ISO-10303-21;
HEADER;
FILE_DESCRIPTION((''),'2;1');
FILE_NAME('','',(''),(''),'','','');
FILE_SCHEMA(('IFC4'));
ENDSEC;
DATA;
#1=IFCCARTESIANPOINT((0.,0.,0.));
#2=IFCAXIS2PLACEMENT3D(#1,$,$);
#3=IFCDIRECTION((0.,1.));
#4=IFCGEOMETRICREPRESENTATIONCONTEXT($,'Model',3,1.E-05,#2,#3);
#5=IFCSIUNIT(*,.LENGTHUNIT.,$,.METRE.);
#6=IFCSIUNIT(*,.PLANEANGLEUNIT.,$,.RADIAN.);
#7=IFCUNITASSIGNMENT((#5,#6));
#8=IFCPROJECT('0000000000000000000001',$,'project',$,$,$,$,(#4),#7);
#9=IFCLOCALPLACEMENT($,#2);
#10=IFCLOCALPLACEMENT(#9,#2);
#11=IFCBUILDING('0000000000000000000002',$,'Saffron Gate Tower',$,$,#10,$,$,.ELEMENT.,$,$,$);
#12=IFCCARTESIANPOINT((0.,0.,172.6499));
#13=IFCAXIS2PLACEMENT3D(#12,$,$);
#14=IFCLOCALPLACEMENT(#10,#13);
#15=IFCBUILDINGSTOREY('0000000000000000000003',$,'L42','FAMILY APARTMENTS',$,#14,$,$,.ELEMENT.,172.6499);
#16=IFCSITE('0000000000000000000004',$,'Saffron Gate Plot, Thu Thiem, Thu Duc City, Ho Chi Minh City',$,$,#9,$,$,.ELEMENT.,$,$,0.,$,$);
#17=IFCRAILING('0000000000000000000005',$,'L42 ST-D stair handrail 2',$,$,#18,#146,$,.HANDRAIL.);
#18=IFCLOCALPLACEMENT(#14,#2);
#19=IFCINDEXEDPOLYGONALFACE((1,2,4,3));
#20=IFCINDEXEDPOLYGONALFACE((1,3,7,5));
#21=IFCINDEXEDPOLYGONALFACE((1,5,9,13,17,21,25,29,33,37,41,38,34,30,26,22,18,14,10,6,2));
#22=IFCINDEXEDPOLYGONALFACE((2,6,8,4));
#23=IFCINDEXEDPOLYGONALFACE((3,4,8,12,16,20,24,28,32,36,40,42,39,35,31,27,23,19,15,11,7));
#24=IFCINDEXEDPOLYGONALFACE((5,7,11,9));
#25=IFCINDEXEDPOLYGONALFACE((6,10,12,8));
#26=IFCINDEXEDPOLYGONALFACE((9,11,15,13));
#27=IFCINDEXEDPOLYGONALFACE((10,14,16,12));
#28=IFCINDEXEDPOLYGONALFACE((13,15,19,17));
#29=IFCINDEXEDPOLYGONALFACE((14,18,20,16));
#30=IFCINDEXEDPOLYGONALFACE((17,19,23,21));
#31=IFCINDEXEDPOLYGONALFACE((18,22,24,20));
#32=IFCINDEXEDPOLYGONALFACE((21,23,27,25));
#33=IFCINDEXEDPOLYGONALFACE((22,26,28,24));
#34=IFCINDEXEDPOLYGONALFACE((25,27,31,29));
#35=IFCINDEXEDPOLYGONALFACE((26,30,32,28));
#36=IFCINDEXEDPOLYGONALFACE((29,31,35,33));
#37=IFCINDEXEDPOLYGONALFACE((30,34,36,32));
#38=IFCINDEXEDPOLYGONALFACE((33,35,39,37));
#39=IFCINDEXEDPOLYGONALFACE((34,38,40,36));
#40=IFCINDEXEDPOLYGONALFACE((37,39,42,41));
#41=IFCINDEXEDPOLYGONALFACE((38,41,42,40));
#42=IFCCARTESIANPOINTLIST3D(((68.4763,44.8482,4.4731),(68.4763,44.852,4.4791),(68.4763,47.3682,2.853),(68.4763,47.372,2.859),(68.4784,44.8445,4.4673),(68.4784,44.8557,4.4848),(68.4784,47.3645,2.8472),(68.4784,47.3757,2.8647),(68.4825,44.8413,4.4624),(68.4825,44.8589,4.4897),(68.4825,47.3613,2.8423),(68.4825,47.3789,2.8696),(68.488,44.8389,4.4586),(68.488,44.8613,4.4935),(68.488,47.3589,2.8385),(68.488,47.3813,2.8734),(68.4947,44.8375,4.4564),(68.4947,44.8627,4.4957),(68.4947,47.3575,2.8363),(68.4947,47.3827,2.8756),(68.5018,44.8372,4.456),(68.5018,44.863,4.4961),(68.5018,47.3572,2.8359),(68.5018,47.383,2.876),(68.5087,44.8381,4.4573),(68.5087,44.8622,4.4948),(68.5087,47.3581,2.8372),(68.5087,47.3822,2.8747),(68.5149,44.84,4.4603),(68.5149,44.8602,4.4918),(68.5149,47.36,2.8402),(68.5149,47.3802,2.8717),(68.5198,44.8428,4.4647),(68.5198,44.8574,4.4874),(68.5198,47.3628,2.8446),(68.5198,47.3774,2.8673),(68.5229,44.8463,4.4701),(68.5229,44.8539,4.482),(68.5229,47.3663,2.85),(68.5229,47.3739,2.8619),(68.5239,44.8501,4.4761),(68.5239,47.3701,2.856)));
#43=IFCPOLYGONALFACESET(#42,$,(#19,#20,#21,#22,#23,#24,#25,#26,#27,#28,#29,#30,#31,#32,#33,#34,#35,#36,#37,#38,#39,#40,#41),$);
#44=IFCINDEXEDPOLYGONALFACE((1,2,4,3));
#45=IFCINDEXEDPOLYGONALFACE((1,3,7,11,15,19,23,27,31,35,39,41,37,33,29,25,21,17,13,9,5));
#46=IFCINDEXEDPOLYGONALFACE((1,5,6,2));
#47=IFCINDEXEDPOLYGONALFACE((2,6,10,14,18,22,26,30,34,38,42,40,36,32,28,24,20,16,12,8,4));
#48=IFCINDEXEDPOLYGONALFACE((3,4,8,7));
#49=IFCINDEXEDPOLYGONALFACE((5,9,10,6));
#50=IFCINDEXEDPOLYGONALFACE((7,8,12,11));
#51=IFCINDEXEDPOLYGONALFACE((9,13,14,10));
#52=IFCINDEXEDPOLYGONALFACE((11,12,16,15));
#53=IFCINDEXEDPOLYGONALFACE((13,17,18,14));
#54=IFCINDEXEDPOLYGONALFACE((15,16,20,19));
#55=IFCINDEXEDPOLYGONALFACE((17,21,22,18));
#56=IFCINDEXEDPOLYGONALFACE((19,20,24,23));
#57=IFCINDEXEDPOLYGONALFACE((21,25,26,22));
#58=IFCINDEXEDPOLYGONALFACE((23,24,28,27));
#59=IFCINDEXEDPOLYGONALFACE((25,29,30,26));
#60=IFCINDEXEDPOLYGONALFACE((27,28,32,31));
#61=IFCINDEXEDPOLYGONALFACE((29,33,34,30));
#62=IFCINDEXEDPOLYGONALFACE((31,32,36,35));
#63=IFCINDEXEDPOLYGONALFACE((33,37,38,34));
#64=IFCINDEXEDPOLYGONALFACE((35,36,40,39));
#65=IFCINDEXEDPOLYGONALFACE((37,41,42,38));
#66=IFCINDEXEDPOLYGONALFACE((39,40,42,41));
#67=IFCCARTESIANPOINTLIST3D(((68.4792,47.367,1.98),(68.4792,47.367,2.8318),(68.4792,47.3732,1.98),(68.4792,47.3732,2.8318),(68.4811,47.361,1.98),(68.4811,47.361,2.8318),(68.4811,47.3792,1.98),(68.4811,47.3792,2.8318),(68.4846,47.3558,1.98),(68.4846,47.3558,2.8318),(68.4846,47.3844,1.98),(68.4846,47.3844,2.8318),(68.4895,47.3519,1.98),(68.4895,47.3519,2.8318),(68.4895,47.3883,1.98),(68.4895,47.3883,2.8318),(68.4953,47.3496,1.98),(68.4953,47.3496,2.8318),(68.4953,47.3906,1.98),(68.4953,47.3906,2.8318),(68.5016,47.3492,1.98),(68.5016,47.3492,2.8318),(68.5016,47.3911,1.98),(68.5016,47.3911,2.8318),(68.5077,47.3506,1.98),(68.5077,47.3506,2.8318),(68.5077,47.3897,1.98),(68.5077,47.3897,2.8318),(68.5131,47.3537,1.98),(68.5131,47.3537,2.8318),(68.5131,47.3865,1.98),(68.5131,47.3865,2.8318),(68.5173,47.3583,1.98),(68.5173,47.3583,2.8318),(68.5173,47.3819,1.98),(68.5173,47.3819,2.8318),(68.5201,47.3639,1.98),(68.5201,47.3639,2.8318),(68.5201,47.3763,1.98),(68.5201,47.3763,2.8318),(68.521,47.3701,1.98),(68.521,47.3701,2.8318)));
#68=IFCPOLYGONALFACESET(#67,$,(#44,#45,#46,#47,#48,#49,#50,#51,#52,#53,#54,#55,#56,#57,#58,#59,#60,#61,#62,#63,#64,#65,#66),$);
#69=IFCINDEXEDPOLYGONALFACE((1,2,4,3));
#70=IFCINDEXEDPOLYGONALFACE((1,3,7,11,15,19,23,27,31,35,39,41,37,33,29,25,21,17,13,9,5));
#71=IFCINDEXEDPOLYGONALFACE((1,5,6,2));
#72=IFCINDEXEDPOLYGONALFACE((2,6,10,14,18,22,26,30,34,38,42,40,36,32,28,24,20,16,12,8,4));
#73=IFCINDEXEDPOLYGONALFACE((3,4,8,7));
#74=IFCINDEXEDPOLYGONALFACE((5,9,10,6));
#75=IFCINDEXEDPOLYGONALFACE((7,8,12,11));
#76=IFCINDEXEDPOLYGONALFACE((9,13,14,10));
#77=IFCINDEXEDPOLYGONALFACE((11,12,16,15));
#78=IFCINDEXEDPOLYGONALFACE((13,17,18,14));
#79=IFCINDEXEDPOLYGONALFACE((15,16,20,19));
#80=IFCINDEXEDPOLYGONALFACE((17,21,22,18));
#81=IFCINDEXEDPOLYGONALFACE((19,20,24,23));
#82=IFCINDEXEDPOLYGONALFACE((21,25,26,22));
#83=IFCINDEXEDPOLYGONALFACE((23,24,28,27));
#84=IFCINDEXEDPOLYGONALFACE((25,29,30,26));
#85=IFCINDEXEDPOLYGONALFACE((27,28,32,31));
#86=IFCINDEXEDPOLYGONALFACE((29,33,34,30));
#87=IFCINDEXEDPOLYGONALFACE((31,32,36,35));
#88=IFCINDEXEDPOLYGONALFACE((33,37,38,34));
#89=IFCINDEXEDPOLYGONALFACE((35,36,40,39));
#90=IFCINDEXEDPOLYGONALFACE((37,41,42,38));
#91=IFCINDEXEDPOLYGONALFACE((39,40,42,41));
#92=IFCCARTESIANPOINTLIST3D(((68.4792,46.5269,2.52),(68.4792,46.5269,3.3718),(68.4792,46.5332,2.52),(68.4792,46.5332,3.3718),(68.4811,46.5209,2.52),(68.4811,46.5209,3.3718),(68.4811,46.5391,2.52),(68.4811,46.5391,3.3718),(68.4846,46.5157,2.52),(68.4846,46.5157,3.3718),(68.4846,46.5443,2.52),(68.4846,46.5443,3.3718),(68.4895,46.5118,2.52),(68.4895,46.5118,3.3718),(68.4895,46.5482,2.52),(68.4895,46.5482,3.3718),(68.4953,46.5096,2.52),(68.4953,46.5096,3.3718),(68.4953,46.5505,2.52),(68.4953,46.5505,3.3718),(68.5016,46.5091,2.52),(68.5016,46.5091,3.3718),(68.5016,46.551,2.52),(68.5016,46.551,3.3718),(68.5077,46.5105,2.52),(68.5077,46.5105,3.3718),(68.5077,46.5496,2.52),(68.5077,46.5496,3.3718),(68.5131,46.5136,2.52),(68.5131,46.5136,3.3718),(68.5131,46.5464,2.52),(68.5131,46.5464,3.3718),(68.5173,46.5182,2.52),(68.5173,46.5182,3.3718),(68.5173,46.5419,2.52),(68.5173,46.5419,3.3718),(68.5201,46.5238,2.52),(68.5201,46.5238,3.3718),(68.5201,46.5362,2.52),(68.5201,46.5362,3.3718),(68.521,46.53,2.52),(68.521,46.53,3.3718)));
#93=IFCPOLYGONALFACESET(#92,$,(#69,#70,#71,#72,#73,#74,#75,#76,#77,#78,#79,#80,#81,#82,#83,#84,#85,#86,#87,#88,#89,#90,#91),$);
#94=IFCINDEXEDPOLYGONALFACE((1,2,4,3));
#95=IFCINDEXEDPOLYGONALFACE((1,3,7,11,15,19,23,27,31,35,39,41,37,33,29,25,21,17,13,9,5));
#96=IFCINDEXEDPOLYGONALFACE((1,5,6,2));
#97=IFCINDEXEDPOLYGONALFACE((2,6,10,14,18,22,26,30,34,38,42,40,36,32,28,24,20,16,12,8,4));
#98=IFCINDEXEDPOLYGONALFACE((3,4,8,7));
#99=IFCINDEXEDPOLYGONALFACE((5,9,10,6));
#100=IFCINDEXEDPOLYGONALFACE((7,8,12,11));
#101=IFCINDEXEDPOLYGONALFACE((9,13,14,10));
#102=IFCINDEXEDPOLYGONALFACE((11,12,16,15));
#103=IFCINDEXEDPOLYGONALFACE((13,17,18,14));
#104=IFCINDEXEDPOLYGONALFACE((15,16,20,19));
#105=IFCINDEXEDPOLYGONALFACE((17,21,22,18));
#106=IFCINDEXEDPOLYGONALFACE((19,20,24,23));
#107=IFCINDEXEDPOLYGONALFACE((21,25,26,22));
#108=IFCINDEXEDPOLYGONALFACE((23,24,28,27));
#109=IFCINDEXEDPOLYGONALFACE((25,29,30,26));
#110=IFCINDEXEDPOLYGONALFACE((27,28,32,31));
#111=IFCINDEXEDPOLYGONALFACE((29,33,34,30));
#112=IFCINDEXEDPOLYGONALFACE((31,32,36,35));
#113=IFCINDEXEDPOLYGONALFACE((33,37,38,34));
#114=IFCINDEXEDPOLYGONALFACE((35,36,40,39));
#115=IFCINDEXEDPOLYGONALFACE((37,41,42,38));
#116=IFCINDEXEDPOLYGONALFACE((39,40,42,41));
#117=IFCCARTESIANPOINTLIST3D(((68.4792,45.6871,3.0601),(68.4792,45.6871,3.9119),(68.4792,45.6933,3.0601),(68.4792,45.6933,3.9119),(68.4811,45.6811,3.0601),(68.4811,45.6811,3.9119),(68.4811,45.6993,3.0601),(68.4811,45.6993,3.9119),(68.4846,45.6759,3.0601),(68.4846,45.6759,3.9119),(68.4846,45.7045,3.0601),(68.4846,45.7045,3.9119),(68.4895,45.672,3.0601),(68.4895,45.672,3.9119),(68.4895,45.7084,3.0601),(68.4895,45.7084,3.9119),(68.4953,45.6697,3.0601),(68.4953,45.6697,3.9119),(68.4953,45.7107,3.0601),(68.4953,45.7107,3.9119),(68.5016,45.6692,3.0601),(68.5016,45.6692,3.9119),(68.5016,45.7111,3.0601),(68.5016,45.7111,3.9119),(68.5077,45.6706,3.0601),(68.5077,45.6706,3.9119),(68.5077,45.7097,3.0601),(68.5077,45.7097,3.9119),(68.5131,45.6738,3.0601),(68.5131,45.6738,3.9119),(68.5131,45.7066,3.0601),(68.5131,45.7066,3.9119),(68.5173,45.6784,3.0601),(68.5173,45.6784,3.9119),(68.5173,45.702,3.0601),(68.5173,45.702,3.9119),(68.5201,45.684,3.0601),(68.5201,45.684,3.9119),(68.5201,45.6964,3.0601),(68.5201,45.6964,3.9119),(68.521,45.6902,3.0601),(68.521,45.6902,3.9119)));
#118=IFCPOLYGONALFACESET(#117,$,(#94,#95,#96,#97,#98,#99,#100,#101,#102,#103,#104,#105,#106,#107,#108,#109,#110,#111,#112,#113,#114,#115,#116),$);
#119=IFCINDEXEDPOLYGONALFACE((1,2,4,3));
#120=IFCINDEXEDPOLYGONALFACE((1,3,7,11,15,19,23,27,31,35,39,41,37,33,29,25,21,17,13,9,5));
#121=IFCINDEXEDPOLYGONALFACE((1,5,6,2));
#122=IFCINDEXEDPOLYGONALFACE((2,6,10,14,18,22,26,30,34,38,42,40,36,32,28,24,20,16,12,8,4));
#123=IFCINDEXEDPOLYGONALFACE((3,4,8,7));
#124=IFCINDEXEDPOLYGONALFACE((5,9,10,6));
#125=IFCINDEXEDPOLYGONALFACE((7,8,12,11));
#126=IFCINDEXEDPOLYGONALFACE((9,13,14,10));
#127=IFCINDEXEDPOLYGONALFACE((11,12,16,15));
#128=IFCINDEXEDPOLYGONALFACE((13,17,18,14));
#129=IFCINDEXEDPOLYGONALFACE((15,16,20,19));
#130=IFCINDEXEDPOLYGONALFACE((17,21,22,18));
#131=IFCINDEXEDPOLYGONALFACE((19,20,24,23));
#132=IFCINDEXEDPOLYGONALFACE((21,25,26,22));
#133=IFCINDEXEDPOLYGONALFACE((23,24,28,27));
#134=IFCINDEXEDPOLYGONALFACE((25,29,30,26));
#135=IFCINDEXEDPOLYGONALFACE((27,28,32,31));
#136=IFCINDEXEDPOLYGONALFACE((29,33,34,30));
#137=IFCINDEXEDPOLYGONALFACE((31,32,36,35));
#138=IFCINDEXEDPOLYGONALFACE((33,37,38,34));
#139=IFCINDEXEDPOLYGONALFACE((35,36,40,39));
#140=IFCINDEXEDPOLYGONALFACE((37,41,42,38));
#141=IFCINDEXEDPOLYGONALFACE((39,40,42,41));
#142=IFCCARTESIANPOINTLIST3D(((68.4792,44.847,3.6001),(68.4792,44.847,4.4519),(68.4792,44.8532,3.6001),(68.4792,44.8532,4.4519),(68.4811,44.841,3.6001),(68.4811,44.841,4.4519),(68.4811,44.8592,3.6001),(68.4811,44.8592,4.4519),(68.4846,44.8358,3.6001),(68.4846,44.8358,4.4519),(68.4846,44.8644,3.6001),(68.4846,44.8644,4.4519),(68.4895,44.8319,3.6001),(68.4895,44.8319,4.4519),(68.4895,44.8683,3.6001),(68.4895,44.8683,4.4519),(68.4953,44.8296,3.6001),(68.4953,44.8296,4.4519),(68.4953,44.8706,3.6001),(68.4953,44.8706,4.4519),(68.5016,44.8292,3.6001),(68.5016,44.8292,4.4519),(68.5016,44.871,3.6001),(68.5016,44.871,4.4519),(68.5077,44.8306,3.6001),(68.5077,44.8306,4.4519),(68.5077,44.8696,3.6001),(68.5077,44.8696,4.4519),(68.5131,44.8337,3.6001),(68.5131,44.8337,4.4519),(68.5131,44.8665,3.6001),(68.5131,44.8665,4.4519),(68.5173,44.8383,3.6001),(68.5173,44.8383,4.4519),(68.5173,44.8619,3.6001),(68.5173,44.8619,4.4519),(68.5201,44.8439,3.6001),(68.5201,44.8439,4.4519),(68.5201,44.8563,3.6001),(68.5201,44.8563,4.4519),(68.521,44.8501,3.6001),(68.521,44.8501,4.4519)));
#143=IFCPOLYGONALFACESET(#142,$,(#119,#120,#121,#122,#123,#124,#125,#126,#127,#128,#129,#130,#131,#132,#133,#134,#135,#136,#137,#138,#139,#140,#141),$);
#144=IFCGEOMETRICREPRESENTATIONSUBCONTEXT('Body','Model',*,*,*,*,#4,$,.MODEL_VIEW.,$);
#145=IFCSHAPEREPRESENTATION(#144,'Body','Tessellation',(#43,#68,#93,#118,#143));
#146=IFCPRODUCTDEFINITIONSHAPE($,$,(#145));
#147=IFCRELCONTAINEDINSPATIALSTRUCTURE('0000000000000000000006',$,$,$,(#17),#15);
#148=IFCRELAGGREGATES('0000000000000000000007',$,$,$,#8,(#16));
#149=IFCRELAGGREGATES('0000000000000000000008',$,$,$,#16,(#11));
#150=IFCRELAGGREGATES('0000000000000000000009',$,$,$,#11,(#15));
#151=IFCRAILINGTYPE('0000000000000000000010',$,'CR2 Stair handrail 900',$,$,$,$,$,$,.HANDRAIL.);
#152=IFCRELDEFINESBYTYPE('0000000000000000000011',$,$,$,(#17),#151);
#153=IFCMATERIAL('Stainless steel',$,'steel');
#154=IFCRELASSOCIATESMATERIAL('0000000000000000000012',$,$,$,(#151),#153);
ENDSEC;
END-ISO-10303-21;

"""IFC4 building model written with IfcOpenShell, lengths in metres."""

from ifc_helpers import new_model, si_unit, direction, frame, origin, origin_2d, place, context, subcontext, project, spatial, circle, extrude, material, type_object, element, save


model = new_model("IFC4")

# Units and contexts
model_context = context("Model", 3, precision=1e-05, world=origin(), true_north=direction((0.0, 1.0)))
body_context = subcontext(model_context, "Body", "Model", "MODEL_VIEW")
ifc_project = project(units=[si_unit("LENGTHUNIT", "METRE"), si_unit("PLANEANGLEUNIT", "RADIAN")], contexts=[model_context])

# Site, building, storey
site_placement = place(None, origin())
site = spatial("IfcSite", under=ifc_project, at=site_placement, Name="Saffron Gate Plot, Thu Thiem, Thu Duc City, Ho Chi Minh City", CompositionType="ELEMENT", RefElevation=0.0)
building_placement = place(site_placement, origin())
building = spatial("IfcBuilding", under=site, at=building_placement, Name="Saffron Gate Tower", CompositionType="ELEMENT")
storey_placement = place(building_placement, frame((0.0, 0.0, 172.6499)))
storey = spatial("IfcBuildingStorey", under=building, at=storey_placement, Name="L42", Description="FAMILY APARTMENTS", CompositionType="ELEMENT", Elevation=172.6499)

# Railing
ifc_material_1 = material(Name="Stainless steel", Category="steel")
railing_type_1 = type_object("IfcRailingType", Name="CR2 Stair handrail 900", PredefinedType="HANDRAIL", material=ifc_material_1)
railing_1_placement = place(storey_placement, frame((68.5, 47.3701, 1.98)))
element("IfcRailing", 1, at=railing_1_placement, inside=storey, type_object=railing_type_1, Name="L42 ST-D stair handrail 2", PredefinedType="HANDRAIL", context=body_context, shape_type="SweptSolid", body=[
    extrude(circle(Radius=0.0239, at=origin_2d()), frame((0.0, 0.0, 0.876), z_axis=(0.0, -0.841163, 0.540782), x_axis=(1.0, 0.0, 0.0)), (0.0, 0.0, 1.0), 2.9958),
    extrude(circle(Radius=0.021, at=origin_2d()), origin(), (0.0, 0.0, 1.0), 0.8518),
    extrude(circle(Radius=0.021, at=origin_2d()), frame((0.0, -0.8401, 0.54)), (0.0, 0.0, 1.0), 0.8518),
    extrude(circle(Radius=0.021, at=origin_2d()), frame((0.0, -1.6799, 1.0801)), (0.0, 0.0, 1.0), 0.8518),
    extrude(circle(Radius=0.021, at=origin_2d()), frame((0.0, -2.52, 1.6201)), (0.0, 0.0, 1.0), 0.8518),
])

save(model, "model.ifc")
